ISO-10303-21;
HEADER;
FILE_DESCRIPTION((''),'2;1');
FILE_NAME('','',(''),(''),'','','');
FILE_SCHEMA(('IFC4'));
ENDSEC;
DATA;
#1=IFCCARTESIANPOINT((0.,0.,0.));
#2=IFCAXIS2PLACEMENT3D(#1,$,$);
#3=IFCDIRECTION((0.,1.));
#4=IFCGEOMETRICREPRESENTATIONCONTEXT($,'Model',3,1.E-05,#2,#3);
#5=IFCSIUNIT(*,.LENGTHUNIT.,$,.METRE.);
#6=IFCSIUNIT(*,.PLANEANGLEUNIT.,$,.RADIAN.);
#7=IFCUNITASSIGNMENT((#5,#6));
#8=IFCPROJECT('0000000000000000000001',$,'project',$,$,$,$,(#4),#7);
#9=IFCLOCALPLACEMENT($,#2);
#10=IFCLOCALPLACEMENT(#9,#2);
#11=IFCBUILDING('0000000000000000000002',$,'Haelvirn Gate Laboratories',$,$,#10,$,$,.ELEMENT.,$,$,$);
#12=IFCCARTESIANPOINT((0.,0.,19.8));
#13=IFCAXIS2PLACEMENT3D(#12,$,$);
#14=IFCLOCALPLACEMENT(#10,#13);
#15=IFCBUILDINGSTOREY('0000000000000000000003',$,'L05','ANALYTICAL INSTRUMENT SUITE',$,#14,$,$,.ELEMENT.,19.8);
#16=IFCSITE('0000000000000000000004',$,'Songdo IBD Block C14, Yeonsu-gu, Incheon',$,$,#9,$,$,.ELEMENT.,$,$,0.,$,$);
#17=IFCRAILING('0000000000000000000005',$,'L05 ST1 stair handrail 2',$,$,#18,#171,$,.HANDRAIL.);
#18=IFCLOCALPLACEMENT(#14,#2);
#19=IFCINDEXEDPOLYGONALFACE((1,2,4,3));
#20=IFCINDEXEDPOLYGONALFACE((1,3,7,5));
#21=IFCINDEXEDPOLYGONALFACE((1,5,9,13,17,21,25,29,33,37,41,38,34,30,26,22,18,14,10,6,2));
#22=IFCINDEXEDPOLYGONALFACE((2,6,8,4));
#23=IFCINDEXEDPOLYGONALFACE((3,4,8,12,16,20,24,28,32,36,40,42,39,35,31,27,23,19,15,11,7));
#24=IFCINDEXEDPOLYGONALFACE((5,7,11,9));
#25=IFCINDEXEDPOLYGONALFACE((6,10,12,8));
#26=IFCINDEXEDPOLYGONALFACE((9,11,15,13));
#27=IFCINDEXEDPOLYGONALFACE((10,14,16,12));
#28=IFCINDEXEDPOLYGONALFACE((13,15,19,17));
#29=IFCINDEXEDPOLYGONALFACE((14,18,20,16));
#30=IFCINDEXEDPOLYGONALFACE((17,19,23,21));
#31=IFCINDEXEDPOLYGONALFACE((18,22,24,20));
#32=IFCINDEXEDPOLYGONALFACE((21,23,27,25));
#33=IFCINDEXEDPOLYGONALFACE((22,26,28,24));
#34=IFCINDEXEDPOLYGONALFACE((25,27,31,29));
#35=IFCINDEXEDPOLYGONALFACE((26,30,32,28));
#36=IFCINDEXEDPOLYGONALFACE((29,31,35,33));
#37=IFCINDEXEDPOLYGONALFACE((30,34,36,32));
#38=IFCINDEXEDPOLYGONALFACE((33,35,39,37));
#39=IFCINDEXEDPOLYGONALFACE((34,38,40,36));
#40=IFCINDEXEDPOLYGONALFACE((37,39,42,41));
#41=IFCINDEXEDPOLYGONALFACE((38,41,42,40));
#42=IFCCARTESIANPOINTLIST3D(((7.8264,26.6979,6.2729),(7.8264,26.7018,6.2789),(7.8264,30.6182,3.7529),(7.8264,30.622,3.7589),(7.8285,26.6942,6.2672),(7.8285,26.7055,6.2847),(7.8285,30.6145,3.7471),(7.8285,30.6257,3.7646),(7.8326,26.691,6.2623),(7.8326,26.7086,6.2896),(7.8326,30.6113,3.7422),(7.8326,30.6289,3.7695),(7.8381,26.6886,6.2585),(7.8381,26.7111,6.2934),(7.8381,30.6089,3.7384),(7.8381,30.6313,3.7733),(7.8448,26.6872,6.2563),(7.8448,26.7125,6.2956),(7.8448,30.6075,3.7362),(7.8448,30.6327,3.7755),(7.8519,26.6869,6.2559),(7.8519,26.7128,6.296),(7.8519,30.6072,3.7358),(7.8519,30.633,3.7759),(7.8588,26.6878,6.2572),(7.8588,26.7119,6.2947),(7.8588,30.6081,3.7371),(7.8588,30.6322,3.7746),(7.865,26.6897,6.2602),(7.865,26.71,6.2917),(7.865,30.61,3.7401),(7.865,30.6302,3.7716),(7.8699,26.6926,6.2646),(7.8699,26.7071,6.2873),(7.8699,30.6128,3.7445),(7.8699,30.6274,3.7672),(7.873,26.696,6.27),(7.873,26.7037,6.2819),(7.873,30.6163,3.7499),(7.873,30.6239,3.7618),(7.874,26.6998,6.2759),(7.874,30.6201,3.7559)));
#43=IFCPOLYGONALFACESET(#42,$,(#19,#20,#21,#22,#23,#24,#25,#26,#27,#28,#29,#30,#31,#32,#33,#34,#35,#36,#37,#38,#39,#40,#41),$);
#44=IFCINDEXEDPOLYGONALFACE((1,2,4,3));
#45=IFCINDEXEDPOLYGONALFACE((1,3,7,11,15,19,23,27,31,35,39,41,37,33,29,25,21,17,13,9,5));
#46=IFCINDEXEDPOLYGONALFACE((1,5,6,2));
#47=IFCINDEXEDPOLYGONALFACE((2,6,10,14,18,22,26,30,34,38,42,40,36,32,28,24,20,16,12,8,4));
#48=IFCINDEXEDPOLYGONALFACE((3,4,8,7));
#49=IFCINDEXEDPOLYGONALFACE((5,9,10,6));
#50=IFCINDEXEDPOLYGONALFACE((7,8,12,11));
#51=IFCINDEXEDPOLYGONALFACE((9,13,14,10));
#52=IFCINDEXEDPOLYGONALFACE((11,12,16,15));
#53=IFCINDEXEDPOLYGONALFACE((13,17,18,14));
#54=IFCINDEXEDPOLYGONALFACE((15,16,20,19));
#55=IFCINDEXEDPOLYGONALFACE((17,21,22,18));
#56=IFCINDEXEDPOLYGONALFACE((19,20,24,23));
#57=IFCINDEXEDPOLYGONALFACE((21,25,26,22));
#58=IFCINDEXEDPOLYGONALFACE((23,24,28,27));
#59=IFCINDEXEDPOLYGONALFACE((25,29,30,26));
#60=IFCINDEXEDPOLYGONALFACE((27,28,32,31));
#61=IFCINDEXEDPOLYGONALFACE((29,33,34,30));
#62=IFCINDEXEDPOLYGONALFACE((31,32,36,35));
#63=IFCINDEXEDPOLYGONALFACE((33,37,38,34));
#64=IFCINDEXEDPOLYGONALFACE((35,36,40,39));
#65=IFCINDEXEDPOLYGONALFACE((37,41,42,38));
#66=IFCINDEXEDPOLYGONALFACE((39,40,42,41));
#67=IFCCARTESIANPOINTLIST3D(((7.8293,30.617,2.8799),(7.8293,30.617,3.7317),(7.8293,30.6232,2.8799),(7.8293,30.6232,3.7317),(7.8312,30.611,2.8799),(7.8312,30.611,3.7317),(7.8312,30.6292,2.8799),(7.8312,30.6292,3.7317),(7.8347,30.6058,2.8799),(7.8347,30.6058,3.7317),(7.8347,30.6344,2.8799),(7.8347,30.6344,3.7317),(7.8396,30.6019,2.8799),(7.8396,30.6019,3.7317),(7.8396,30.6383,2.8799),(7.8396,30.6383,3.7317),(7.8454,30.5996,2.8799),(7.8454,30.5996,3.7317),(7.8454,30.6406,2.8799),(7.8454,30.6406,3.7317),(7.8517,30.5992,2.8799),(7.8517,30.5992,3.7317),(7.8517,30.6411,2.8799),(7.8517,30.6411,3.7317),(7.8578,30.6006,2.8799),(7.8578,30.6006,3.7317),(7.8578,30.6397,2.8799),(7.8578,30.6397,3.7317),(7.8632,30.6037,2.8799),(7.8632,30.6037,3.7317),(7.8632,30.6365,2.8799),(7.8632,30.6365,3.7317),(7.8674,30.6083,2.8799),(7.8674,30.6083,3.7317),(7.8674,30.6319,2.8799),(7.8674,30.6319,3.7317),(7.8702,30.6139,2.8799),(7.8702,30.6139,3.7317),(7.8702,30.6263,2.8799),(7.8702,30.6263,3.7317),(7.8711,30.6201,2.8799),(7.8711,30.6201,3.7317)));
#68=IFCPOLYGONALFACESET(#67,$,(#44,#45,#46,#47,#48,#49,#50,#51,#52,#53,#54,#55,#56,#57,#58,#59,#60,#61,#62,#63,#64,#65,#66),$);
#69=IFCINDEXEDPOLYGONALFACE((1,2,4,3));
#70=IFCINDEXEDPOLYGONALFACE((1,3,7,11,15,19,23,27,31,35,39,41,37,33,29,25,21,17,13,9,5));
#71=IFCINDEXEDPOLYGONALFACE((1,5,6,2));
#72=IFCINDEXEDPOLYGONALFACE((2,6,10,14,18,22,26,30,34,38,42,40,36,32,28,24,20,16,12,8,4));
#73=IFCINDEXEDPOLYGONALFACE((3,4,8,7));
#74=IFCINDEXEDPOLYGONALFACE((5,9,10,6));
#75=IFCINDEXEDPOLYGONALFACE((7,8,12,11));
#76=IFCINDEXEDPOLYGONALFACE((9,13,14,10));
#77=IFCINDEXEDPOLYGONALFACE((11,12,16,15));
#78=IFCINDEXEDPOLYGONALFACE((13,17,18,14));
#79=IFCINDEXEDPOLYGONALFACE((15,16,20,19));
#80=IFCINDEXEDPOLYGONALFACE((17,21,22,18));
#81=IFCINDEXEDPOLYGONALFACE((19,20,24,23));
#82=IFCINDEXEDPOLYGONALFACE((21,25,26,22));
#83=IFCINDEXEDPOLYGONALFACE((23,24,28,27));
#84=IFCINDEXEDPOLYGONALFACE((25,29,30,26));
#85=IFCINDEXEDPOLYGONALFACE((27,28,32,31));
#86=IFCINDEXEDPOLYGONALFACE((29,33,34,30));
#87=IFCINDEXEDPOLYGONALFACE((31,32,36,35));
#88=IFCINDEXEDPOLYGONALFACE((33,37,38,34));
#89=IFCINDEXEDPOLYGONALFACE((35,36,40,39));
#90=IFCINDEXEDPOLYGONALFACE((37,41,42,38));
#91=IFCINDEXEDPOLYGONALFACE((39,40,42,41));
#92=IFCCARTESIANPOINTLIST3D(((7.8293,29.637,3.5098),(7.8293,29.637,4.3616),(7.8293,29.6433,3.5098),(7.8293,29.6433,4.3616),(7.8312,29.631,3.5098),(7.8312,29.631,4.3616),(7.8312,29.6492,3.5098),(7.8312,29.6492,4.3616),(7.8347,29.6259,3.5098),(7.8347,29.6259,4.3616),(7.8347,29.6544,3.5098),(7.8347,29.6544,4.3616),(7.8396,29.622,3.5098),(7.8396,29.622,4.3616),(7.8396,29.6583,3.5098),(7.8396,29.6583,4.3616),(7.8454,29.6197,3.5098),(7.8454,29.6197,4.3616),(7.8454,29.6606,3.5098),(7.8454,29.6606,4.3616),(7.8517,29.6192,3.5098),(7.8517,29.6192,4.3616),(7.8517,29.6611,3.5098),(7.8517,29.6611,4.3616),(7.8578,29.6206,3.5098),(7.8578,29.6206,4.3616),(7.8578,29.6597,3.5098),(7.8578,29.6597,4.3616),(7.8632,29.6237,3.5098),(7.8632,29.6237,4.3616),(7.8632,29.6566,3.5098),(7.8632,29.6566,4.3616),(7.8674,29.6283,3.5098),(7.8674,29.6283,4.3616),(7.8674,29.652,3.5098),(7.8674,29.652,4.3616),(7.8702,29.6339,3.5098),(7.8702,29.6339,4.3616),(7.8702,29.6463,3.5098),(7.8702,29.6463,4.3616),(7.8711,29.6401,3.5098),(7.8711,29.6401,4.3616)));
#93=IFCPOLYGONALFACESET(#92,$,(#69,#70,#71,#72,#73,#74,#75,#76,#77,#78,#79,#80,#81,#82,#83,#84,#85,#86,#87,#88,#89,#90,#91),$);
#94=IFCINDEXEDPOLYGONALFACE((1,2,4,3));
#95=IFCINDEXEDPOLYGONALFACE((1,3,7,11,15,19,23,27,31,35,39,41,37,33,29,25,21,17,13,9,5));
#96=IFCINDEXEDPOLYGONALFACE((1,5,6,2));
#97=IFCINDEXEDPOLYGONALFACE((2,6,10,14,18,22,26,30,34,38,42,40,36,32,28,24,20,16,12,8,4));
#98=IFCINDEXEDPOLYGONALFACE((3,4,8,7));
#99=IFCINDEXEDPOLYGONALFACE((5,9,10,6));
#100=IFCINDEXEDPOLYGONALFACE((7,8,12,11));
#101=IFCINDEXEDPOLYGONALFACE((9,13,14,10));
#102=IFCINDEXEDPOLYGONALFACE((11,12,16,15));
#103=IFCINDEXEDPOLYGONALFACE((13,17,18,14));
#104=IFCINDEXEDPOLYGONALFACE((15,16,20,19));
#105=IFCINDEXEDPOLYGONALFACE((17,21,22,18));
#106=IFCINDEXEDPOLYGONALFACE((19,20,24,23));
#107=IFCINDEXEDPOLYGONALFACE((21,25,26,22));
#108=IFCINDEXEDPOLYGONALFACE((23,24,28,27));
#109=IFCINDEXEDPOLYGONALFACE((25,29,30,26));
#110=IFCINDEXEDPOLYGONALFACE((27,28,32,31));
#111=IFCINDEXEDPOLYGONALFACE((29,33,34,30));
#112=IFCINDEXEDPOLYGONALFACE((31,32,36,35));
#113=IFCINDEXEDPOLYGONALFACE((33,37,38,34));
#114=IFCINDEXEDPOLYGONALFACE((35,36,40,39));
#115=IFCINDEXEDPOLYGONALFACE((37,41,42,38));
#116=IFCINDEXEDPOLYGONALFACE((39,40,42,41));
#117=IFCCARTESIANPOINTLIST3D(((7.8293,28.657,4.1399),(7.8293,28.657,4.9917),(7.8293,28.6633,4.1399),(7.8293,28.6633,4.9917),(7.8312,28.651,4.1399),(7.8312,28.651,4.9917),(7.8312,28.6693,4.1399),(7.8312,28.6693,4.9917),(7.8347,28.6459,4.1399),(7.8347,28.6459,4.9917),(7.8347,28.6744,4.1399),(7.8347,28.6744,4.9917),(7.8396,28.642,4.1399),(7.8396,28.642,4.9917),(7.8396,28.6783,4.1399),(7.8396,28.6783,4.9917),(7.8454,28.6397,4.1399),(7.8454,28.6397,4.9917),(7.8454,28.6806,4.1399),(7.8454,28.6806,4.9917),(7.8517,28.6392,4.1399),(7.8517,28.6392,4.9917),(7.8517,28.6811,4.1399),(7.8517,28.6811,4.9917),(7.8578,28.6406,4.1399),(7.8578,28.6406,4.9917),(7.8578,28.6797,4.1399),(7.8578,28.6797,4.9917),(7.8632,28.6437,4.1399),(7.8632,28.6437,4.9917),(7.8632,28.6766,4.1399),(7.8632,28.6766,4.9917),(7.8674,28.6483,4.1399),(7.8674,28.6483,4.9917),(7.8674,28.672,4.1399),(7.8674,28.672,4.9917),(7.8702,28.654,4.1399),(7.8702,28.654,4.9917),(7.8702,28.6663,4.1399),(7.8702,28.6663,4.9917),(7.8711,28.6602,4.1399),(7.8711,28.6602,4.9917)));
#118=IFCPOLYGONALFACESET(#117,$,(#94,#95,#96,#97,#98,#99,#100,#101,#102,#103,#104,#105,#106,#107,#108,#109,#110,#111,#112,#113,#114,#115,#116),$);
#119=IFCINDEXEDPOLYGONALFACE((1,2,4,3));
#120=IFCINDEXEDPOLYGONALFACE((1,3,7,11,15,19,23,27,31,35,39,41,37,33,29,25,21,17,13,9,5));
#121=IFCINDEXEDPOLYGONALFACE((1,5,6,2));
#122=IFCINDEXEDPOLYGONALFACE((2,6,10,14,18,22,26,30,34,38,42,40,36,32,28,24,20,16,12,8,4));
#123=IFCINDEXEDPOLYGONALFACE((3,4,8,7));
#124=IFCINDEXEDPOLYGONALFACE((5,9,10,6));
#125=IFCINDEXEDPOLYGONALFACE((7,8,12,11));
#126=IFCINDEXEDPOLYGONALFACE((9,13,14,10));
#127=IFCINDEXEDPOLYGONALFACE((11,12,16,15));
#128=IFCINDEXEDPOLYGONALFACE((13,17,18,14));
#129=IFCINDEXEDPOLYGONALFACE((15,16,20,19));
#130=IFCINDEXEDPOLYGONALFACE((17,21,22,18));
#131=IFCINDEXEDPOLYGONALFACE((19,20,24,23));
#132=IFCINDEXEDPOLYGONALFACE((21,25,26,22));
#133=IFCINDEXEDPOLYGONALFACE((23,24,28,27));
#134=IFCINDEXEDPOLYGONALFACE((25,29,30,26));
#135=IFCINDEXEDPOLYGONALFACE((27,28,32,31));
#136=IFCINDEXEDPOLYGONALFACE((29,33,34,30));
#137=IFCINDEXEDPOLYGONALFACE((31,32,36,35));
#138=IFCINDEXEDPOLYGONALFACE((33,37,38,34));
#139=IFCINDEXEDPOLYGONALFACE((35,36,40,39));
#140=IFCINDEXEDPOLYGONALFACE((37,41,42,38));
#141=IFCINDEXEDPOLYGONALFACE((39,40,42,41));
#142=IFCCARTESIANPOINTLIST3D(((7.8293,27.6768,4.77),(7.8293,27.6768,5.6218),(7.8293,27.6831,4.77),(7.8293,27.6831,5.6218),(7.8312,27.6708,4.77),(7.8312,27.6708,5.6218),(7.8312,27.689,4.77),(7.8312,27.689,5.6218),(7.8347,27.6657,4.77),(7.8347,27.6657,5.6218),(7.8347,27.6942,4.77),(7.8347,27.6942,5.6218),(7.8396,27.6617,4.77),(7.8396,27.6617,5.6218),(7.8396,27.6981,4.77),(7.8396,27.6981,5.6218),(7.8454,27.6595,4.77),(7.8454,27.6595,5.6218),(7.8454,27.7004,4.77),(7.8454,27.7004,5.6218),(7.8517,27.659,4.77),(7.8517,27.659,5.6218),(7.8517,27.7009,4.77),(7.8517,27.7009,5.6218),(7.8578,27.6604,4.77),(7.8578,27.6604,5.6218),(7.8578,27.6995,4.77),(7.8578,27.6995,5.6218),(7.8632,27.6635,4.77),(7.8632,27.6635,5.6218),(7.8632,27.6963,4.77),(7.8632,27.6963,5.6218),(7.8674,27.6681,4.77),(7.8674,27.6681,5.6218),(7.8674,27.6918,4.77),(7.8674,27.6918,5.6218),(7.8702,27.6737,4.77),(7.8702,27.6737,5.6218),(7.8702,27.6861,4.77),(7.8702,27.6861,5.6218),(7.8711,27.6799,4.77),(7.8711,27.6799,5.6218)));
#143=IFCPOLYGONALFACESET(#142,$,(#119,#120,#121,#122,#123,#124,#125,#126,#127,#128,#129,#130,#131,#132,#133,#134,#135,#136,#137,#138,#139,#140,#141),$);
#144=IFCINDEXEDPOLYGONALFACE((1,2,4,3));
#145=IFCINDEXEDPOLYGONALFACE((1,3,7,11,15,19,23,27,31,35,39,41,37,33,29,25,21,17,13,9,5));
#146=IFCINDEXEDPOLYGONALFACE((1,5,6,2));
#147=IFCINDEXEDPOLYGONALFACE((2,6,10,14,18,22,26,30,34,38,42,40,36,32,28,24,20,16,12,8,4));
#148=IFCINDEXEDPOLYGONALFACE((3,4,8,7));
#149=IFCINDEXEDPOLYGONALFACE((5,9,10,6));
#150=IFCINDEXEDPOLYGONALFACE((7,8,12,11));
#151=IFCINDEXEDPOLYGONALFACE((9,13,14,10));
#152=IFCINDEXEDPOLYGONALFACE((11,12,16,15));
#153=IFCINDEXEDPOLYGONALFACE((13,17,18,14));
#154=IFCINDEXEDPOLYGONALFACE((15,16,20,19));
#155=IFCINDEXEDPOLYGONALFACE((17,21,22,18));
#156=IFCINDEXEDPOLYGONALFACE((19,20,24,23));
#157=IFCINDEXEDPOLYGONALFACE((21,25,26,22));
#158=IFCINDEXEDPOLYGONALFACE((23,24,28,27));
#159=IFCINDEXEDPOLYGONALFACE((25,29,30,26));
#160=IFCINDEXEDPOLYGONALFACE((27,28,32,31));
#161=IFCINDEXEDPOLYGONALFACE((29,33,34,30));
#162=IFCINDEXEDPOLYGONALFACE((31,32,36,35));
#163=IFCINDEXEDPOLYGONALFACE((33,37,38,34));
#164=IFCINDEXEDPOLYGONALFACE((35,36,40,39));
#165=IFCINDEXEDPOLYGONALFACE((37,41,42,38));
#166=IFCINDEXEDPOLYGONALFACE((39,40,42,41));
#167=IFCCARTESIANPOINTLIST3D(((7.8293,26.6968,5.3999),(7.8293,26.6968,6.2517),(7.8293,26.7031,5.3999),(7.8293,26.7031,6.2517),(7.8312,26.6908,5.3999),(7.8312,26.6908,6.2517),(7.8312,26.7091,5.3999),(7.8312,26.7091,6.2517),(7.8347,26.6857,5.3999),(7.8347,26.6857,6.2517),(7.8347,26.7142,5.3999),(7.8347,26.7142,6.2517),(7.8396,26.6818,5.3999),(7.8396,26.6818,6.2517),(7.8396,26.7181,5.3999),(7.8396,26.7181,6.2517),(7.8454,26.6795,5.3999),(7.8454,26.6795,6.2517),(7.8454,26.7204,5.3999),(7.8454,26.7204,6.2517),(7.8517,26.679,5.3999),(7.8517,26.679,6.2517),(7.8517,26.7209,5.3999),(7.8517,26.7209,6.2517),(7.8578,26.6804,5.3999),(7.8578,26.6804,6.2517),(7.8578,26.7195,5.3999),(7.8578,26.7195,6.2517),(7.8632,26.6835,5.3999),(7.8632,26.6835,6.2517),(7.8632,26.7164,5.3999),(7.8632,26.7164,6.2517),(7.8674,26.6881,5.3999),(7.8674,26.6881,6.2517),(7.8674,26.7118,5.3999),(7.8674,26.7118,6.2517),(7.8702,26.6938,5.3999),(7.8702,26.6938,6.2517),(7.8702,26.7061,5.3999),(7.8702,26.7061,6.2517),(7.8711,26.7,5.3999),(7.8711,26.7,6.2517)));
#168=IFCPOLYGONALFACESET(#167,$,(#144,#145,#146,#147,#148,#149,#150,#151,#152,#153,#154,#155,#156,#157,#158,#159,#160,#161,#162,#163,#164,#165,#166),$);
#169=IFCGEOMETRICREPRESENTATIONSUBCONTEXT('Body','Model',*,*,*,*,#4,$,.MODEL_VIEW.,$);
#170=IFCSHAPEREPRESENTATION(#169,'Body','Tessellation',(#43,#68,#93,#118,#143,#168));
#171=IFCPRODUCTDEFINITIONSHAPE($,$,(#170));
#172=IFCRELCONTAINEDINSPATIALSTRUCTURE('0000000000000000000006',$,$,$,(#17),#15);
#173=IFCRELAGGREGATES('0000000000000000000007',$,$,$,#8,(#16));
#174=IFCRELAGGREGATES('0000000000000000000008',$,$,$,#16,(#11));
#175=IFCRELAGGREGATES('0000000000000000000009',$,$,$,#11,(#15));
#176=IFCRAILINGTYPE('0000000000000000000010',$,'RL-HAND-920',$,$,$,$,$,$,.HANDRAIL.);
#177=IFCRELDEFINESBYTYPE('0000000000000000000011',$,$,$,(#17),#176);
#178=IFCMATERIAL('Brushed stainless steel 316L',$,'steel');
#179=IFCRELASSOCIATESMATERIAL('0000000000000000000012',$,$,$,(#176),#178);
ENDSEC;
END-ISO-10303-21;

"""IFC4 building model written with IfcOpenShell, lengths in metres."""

from ifc_helpers import new_model, si_unit, direction, frame, origin, origin_2d, place, context, subcontext, project, spatial, circle, extrude, source, transform, mapped, material, type_object, type_shapes, element, save


model = new_model("IFC4")

# Units and contexts
model_context = context("Model", 3, precision=1e-05, world=origin(), true_north=direction((0.0, 1.0)))
body_context = subcontext(model_context, "Body", "Model", "MODEL_VIEW")
ifc_project = project(units=[si_unit("LENGTHUNIT", "METRE"), si_unit("PLANEANGLEUNIT", "RADIAN")], contexts=[model_context])

# Site, building, storey
site_placement = place(None, origin())
site = spatial("IfcSite", under=ifc_project, at=site_placement, Name="Songdo IBD Block C14, Yeonsu-gu, Incheon", CompositionType="ELEMENT", RefElevation=0.0)
building_placement = place(site_placement, origin())
building = spatial("IfcBuilding", under=site, at=building_placement, Name="Haelvirn Gate Laboratories", CompositionType="ELEMENT")
storey_placement = place(building_placement, frame((0.0, 0.0, 19.8)))
storey = spatial("IfcBuildingStorey", under=building, at=storey_placement, Name="L05", Description="ANALYTICAL INSTRUMENT SUITE", CompositionType="ELEMENT", Elevation=19.8)

# Railing
ifc_material_1 = material(Name="Brushed stainless steel 316L", Category="steel")
railing_type_1 = type_object("IfcRailingType", Name="RL-HAND-920", PredefinedType="HANDRAIL", material=ifc_material_1)
shared_shape_1 = source(origin(), body_context, "Body", "SweptSolid", [
    extrude(circle(Radius=0.0239, at=origin_2d()), frame((0.0, 0.0, 0.876), z_axis=(0.0, -0.841187, 0.540744), x_axis=(1.0, 0.0, 0.0)), (0.0, 0.0, 1.0), 4.6604),
    extrude(circle(Radius=0.021, at=origin_2d()), origin(), (0.0, 0.0, 1.0), 0.8518),
    extrude(circle(Radius=0.021, at=origin_2d()), frame((0.0, -0.98, 0.6299)), (0.0, 0.0, 1.0), 0.8518),
    extrude(circle(Radius=0.021, at=origin_2d()), frame((0.0, -1.96, 1.26)), (0.0, 0.0, 1.0), 0.8518),
    extrude(circle(Radius=0.021, at=origin_2d()), frame((0.0, -2.9402, 1.8901)), (0.0, 0.0, 1.0), 0.8518),
    extrude(circle(Radius=0.021, at=origin_2d()), frame((0.0, -3.9202, 2.52)), (0.0, 0.0, 1.0), 0.8518),
])
type_shapes(railing_type_1, [shared_shape_1])
railing_1_placement = place(storey_placement, frame((7.8501, 30.6201, 2.8799)))
element("IfcRailing", 1, at=railing_1_placement, inside=storey, type_object=railing_type_1, Name="L05 ST1 stair handrail 2", PredefinedType="HANDRAIL", context=body_context, shape_type="MappedRepresentation", body=[
    mapped(shared_shape_1, transform((0.0, 0.0, 0.0), scale=1.0)),
])

save(model, "model.ifc")
